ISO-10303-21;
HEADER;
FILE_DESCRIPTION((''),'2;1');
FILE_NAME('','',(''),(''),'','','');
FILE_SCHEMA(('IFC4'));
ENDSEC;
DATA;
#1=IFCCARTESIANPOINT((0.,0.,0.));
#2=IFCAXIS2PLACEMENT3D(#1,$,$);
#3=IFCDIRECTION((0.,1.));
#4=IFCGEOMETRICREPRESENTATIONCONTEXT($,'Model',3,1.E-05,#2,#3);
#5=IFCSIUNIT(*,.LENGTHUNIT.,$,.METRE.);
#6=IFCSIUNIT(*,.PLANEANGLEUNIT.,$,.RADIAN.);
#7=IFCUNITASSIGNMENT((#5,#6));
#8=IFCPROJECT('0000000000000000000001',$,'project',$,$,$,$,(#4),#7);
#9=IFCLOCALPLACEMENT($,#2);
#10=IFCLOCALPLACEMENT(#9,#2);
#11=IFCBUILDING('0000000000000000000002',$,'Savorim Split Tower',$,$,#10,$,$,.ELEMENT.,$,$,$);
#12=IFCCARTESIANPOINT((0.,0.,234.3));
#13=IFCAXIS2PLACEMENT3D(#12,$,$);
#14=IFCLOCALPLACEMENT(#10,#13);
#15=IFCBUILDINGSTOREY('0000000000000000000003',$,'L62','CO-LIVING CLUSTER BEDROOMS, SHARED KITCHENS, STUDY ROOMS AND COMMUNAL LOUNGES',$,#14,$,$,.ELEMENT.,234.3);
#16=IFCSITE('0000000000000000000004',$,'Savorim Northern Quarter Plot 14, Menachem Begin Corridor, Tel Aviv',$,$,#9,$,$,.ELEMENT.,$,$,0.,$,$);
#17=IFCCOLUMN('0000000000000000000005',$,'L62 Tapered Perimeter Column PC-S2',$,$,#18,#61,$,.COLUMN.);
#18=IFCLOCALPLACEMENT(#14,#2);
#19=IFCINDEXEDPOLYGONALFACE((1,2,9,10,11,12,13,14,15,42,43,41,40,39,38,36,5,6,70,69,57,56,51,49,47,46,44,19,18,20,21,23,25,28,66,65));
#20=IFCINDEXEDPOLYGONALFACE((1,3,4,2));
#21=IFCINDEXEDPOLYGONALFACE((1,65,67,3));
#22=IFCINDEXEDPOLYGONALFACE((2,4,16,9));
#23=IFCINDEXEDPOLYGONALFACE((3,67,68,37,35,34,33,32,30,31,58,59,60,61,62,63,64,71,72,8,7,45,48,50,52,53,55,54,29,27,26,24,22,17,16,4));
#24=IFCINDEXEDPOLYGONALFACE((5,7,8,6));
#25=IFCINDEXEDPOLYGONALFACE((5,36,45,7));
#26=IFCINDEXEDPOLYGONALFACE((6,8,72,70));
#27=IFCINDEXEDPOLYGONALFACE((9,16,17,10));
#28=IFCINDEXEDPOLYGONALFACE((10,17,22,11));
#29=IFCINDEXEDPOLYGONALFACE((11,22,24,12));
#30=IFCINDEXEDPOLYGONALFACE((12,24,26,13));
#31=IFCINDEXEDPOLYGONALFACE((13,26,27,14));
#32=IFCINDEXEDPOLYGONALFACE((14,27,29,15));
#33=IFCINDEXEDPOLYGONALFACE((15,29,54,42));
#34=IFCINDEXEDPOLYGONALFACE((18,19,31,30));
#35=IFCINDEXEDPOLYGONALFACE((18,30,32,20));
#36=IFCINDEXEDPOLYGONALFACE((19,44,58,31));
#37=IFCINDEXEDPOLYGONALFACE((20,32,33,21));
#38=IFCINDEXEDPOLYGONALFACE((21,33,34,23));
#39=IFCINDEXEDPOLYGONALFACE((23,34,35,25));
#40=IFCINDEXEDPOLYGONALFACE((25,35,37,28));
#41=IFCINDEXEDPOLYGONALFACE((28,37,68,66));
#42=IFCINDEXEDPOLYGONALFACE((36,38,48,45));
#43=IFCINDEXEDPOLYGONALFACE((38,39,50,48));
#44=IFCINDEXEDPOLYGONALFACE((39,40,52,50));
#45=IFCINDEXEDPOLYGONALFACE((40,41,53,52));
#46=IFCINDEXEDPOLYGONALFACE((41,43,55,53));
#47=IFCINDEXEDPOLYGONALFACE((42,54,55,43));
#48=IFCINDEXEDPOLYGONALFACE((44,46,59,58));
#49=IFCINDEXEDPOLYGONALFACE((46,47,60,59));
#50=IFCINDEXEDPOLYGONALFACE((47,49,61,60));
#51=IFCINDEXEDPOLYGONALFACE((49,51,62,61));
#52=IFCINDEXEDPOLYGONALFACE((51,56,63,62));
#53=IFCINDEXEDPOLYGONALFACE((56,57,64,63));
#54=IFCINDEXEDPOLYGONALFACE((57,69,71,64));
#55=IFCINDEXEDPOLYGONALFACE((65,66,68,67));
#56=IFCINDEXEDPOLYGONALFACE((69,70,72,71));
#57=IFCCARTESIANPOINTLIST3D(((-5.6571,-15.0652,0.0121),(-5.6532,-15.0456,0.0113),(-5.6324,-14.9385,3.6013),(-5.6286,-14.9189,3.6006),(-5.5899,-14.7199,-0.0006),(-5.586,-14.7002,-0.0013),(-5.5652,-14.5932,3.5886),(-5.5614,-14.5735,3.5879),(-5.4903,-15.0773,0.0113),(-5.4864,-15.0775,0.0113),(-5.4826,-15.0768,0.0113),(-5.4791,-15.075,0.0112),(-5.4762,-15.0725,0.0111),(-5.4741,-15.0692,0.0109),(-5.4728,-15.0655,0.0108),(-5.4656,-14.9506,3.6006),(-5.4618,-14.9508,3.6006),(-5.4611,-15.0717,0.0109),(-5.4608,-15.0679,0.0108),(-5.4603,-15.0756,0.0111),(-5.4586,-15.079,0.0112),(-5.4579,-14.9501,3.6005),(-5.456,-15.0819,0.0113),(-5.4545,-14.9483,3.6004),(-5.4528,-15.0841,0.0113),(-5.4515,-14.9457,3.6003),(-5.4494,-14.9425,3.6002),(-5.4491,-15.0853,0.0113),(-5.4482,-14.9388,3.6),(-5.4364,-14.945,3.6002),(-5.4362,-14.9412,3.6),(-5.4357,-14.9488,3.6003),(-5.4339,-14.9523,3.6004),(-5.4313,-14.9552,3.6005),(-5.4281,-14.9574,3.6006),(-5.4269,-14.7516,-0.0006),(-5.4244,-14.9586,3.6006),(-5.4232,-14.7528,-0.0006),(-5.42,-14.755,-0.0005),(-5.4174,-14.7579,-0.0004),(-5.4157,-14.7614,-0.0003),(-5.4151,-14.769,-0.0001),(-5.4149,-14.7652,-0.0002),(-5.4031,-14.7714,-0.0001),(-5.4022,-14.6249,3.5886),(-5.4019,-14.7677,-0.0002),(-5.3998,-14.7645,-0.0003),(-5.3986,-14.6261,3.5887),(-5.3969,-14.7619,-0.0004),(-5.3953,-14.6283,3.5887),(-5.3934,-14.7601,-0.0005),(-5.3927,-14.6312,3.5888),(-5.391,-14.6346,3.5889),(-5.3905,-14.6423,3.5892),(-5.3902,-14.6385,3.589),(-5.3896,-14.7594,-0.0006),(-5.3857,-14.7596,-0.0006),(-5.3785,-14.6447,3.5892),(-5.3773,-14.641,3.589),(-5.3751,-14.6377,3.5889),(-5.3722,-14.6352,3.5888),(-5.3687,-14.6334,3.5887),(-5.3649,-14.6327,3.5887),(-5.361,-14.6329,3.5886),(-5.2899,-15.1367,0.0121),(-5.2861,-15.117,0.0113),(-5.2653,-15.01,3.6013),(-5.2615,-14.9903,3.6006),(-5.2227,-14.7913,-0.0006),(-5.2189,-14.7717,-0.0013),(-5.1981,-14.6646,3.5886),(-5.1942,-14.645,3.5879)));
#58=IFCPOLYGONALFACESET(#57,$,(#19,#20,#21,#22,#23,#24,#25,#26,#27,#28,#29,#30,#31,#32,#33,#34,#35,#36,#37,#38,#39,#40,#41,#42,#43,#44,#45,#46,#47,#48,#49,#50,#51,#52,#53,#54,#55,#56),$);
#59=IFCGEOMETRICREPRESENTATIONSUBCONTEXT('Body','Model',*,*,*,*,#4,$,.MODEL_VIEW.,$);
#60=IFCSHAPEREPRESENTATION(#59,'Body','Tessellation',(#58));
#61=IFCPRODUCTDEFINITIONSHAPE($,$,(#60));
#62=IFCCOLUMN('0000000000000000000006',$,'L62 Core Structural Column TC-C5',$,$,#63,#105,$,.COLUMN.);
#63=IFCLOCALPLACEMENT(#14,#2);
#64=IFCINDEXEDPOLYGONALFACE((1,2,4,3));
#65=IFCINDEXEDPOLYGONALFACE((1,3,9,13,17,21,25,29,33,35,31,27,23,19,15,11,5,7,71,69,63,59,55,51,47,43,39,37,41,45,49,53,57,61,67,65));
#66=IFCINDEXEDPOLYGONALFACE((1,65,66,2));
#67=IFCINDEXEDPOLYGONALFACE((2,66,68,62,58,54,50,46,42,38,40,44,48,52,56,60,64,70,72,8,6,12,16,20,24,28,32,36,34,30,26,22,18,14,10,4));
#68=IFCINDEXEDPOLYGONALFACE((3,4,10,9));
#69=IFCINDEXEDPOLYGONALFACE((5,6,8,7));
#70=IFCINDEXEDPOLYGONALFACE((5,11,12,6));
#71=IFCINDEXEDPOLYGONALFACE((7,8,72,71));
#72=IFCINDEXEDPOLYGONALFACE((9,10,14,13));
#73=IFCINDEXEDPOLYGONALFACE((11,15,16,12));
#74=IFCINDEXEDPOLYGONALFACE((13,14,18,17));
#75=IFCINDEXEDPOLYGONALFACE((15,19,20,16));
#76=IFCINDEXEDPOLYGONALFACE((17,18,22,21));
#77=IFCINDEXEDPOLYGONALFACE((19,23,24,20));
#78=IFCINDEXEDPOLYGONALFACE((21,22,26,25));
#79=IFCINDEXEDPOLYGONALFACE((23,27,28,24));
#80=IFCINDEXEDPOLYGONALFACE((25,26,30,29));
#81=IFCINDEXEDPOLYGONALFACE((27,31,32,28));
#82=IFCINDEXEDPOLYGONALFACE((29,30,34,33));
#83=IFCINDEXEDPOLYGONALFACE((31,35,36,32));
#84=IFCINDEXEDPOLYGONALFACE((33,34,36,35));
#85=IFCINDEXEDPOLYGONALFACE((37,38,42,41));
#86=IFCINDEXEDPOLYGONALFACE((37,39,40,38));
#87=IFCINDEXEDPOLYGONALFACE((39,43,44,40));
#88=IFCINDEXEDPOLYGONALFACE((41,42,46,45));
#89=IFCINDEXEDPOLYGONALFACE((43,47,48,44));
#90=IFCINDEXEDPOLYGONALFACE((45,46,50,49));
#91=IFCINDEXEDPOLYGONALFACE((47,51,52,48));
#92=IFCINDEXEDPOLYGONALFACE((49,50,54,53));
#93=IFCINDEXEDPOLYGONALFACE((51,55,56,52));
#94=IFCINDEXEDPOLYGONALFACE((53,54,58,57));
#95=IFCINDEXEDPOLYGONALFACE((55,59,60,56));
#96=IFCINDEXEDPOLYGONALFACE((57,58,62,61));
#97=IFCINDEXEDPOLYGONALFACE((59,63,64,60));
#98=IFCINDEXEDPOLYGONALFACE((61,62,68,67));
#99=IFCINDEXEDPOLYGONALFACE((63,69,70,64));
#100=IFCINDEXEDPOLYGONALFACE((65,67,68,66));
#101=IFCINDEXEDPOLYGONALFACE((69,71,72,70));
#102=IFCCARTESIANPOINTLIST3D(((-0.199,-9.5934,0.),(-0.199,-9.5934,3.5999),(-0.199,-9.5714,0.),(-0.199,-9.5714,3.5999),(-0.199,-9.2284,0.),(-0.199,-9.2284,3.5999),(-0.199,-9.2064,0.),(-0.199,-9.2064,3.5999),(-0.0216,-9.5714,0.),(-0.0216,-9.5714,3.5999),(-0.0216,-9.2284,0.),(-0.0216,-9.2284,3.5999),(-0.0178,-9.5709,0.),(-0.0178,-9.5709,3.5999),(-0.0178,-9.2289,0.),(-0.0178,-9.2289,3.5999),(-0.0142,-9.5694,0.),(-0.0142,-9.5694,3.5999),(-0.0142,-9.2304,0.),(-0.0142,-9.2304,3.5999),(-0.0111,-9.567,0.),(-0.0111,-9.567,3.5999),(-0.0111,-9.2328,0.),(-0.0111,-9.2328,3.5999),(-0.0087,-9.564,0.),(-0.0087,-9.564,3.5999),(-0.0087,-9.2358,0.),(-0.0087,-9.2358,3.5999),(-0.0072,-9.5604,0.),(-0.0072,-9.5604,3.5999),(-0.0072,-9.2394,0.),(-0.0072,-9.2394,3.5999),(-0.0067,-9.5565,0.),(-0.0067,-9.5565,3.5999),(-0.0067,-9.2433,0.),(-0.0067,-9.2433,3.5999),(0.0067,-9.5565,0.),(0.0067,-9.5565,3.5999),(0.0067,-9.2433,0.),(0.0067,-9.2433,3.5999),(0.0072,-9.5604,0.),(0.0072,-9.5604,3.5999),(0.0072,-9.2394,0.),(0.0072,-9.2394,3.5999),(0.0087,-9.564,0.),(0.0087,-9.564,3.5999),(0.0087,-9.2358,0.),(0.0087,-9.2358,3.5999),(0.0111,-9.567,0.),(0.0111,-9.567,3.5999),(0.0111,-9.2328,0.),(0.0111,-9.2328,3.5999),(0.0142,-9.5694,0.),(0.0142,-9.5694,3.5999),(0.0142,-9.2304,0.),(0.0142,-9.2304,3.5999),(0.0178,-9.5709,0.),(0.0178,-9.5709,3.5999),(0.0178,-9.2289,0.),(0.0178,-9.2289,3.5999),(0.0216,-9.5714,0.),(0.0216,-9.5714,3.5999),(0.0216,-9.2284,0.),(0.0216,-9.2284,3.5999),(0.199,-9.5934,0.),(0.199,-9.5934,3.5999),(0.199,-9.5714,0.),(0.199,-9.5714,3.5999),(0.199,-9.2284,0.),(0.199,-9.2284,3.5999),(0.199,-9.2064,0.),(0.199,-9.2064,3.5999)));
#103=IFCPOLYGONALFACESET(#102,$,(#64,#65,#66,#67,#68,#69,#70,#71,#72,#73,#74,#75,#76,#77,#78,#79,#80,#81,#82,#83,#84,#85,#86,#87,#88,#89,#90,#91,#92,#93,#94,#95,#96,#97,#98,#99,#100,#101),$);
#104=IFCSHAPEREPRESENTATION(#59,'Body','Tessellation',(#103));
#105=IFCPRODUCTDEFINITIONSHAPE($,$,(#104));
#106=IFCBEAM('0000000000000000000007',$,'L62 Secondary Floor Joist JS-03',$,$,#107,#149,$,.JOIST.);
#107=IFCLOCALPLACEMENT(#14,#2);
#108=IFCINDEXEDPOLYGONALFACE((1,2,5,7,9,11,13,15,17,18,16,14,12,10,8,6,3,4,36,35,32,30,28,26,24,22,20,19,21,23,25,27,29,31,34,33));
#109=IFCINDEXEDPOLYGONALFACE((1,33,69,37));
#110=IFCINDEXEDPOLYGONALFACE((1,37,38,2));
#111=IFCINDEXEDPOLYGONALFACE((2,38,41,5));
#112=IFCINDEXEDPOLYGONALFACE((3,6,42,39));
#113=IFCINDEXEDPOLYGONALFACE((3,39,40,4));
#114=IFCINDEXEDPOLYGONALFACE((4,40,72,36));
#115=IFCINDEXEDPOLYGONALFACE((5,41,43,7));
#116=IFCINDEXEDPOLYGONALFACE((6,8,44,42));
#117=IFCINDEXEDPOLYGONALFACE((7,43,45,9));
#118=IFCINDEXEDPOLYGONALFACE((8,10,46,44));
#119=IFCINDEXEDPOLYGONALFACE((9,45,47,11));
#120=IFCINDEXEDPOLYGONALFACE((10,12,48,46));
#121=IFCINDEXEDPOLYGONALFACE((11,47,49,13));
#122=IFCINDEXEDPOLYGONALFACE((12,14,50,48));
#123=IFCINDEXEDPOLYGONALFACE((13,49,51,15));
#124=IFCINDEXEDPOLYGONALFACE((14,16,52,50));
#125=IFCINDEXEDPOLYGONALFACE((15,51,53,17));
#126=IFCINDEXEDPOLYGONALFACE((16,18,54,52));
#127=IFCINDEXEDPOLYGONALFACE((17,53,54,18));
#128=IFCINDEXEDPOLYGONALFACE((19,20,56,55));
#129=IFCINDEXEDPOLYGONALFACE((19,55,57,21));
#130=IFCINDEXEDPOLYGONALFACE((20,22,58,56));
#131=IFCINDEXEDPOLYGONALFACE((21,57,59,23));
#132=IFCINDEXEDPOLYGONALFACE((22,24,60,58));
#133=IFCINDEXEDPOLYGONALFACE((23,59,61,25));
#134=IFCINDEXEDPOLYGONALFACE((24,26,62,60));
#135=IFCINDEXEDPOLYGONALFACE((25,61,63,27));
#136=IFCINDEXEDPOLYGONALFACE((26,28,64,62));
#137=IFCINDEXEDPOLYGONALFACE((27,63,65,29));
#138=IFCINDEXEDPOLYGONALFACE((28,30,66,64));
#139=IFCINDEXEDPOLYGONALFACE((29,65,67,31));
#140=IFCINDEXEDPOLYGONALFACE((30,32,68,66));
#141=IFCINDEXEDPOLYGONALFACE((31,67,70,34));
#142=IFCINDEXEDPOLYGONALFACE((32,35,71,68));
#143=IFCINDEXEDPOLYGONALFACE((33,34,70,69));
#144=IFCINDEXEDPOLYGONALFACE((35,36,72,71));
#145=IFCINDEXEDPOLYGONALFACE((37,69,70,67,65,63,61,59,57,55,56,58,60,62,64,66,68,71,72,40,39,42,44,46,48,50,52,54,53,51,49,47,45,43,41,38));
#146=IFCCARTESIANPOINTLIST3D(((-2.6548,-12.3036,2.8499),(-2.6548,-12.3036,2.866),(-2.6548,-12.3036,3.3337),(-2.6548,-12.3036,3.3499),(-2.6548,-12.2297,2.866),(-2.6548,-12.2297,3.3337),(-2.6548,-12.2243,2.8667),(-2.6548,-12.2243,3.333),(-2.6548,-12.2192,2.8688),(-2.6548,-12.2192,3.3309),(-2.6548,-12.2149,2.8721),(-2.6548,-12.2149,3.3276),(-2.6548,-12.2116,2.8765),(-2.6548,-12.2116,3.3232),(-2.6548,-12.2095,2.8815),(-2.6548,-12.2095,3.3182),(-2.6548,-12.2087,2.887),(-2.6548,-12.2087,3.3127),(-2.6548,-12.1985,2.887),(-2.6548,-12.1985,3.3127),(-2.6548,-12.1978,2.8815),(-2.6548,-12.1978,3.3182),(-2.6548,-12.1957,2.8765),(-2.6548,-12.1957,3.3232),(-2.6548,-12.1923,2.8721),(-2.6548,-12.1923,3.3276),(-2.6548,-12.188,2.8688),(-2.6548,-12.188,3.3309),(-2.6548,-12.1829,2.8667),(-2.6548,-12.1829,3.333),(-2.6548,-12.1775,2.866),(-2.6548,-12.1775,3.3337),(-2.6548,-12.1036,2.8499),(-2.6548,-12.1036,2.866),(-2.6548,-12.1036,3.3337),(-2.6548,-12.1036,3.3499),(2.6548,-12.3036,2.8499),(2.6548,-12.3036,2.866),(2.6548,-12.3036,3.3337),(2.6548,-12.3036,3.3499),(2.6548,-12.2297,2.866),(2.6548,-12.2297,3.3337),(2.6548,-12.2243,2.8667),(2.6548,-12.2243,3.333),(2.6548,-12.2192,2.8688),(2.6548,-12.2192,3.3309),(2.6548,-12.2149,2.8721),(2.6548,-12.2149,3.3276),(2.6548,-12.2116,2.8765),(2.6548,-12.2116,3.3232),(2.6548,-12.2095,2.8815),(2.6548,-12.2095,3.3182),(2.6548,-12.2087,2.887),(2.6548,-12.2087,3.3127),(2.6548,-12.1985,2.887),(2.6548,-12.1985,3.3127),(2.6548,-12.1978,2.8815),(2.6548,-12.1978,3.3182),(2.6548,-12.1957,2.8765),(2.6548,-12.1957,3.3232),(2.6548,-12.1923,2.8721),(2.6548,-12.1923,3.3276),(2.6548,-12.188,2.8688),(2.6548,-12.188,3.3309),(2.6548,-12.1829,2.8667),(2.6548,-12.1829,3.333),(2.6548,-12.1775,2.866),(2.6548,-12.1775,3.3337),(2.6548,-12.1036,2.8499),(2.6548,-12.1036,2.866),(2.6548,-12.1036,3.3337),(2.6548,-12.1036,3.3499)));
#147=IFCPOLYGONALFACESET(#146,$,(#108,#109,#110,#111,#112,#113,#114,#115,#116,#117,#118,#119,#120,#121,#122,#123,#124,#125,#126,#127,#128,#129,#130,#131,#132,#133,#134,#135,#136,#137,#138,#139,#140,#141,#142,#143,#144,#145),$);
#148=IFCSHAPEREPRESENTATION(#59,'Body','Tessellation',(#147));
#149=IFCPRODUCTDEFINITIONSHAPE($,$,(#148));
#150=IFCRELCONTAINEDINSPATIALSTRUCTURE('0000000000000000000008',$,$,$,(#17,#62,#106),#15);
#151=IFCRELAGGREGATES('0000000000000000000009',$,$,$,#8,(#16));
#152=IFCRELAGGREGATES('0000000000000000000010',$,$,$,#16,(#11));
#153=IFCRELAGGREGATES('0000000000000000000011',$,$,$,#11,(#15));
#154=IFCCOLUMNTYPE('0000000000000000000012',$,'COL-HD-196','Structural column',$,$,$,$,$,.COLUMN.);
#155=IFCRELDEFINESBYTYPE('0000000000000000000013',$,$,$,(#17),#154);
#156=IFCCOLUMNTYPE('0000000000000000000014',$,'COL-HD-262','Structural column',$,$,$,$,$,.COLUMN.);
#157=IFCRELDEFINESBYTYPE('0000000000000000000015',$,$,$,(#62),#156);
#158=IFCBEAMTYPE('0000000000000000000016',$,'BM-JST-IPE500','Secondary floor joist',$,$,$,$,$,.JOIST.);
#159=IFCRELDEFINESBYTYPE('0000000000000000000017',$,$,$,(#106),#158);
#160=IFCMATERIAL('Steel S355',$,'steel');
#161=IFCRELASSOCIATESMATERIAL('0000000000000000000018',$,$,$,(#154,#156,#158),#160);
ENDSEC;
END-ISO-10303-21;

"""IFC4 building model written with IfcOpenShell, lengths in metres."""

from ifc_helpers import new_model, si_unit, direction, frame, origin, origin_2d, place, context, subcontext, project, spatial, i_section, extrude, material, material_profile, profile_set, type_object, element, save


model = new_model("IFC4")

# Units and contexts
model_context = context("Model", 3, precision=1e-05, world=origin(), true_north=direction((0.0, 1.0)))
body_context = subcontext(model_context, "Body", "Model", "MODEL_VIEW")
ifc_project = project(units=[si_unit("LENGTHUNIT", "METRE"), si_unit("PLANEANGLEUNIT", "RADIAN")], contexts=[model_context])

# Site, building, storey
site_placement = place(None, origin())
site = spatial("IfcSite", under=ifc_project, at=site_placement, Name="Savorim Northern Quarter Plot 14, Menachem Begin Corridor, Tel Aviv", CompositionType="ELEMENT", RefElevation=0.0)
building_placement = place(site_placement, origin())
building = spatial("IfcBuilding", under=site, at=building_placement, Name="Savorim Split Tower", CompositionType="ELEMENT")
storey_placement = place(building_placement, frame((0.0, 0.0, 234.3)))
storey = spatial("IfcBuildingStorey", under=building, at=storey_placement, Name="L62", Description="CO-LIVING CLUSTER BEDROOMS, SHARED KITCHENS, STUDY ROOMS AND COMMUNAL LOUNGES", CompositionType="ELEMENT", Elevation=234.3)

# Columns
ifc_material_1 = material(Name="Steel S355", Category="steel")
ifc_material_profile_1 = material_profile(ifc_material_1, i_section(OverallWidth=0.374, OverallDepth=0.3721, WebThickness=0.0122, FlangeThickness=0.02, FilletRadius=0.0149, at=origin_2d()), Name="HD 360x196")
ifc_profile_set_1 = profile_set([ifc_material_profile_1], Name="Steel S355")
column_type_1 = type_object("IfcColumnType", Name="COL-HD-196", Description="Structural column", PredefinedType="COLUMN", material=ifc_profile_set_1)
column_1_placement = place(storey_placement, frame((-5.438, -14.9185, 0.0054), z_axis=(0.006866, 0.035281, 0.999354), x_axis=(-0.981586, 0.191022, 0.0)))
element("IfcColumn", 1, at=column_1_placement, inside=storey, type_object=column_type_1, Name="L62 Tapered Perimeter Column PC-S2", PredefinedType="COLUMN", context=body_context, shape_type="SweptSolid", body=[
    extrude(i_section(OverallWidth=0.374, OverallDepth=0.3721, WebThickness=0.0122, FlangeThickness=0.02, FilletRadius=0.0149, at=origin_2d()), origin(), (0.0, 0.0, 1.0), 3.5916),
])
ifc_material_profile_2 = material_profile(ifc_material_1, i_section(OverallWidth=0.3979, OverallDepth=0.387, WebThickness=0.0134, FlangeThickness=0.022, FilletRadius=0.0149, at=origin_2d()), Name="HD 400x262")
ifc_profile_set_2 = profile_set([ifc_material_profile_2], Name="Steel S355")
column_type_2 = type_object("IfcColumnType", Name="COL-HD-262", Description="Structural column", PredefinedType="COLUMN", material=ifc_profile_set_2)
column_2_placement = place(storey_placement, frame((0.0, -9.3999, 0.0), z_axis=(0.0, 0.0, 1.0), x_axis=(1.0, 0.0, 0.0)))
element("IfcColumn", 2, at=column_2_placement, inside=storey, type_object=column_type_2, Name="L62 Core Structural Column TC-C5", PredefinedType="COLUMN", context=body_context, shape_type="SweptSolid", body=[
    extrude(i_section(OverallWidth=0.3979, OverallDepth=0.387, WebThickness=0.0134, FlangeThickness=0.022, FilletRadius=0.0149, at=origin_2d()), origin(), (0.0, 0.0, 1.0), 3.5999),
])

# Beam
ifc_material_profile_3 = material_profile(ifc_material_1, i_section(OverallWidth=0.2, OverallDepth=0.5, WebThickness=0.0103, FlangeThickness=0.0161, FilletRadius=0.021, at=origin_2d()), Name="IPE 500")
ifc_profile_set_3 = profile_set([ifc_material_profile_3], Name="Steel S355")
beam_type_1 = type_object("IfcBeamType", Name="BM-JST-IPE500", Description="Secondary floor joist", PredefinedType="JOIST", material=ifc_profile_set_3)
beam_1_placement = place(storey_placement, frame((-2.6548, -12.2036, 3.0999), z_axis=(1.0, 0.0, 0.0), x_axis=(0.0, 1.0, 0.0)))
element("IfcBeam", 3, at=beam_1_placement, inside=storey, type_object=beam_type_1, Name="L62 Secondary Floor Joist JS-03", PredefinedType="JOIST", context=body_context, shape_type="SweptSolid", body=[
    extrude(i_section(OverallWidth=0.2, OverallDepth=0.5, WebThickness=0.0103, FlangeThickness=0.0161, FilletRadius=0.021, at=origin_2d()), origin(), (0.0, 0.0, 1.0), 5.3096),
])

save(model, "model.ifc")
